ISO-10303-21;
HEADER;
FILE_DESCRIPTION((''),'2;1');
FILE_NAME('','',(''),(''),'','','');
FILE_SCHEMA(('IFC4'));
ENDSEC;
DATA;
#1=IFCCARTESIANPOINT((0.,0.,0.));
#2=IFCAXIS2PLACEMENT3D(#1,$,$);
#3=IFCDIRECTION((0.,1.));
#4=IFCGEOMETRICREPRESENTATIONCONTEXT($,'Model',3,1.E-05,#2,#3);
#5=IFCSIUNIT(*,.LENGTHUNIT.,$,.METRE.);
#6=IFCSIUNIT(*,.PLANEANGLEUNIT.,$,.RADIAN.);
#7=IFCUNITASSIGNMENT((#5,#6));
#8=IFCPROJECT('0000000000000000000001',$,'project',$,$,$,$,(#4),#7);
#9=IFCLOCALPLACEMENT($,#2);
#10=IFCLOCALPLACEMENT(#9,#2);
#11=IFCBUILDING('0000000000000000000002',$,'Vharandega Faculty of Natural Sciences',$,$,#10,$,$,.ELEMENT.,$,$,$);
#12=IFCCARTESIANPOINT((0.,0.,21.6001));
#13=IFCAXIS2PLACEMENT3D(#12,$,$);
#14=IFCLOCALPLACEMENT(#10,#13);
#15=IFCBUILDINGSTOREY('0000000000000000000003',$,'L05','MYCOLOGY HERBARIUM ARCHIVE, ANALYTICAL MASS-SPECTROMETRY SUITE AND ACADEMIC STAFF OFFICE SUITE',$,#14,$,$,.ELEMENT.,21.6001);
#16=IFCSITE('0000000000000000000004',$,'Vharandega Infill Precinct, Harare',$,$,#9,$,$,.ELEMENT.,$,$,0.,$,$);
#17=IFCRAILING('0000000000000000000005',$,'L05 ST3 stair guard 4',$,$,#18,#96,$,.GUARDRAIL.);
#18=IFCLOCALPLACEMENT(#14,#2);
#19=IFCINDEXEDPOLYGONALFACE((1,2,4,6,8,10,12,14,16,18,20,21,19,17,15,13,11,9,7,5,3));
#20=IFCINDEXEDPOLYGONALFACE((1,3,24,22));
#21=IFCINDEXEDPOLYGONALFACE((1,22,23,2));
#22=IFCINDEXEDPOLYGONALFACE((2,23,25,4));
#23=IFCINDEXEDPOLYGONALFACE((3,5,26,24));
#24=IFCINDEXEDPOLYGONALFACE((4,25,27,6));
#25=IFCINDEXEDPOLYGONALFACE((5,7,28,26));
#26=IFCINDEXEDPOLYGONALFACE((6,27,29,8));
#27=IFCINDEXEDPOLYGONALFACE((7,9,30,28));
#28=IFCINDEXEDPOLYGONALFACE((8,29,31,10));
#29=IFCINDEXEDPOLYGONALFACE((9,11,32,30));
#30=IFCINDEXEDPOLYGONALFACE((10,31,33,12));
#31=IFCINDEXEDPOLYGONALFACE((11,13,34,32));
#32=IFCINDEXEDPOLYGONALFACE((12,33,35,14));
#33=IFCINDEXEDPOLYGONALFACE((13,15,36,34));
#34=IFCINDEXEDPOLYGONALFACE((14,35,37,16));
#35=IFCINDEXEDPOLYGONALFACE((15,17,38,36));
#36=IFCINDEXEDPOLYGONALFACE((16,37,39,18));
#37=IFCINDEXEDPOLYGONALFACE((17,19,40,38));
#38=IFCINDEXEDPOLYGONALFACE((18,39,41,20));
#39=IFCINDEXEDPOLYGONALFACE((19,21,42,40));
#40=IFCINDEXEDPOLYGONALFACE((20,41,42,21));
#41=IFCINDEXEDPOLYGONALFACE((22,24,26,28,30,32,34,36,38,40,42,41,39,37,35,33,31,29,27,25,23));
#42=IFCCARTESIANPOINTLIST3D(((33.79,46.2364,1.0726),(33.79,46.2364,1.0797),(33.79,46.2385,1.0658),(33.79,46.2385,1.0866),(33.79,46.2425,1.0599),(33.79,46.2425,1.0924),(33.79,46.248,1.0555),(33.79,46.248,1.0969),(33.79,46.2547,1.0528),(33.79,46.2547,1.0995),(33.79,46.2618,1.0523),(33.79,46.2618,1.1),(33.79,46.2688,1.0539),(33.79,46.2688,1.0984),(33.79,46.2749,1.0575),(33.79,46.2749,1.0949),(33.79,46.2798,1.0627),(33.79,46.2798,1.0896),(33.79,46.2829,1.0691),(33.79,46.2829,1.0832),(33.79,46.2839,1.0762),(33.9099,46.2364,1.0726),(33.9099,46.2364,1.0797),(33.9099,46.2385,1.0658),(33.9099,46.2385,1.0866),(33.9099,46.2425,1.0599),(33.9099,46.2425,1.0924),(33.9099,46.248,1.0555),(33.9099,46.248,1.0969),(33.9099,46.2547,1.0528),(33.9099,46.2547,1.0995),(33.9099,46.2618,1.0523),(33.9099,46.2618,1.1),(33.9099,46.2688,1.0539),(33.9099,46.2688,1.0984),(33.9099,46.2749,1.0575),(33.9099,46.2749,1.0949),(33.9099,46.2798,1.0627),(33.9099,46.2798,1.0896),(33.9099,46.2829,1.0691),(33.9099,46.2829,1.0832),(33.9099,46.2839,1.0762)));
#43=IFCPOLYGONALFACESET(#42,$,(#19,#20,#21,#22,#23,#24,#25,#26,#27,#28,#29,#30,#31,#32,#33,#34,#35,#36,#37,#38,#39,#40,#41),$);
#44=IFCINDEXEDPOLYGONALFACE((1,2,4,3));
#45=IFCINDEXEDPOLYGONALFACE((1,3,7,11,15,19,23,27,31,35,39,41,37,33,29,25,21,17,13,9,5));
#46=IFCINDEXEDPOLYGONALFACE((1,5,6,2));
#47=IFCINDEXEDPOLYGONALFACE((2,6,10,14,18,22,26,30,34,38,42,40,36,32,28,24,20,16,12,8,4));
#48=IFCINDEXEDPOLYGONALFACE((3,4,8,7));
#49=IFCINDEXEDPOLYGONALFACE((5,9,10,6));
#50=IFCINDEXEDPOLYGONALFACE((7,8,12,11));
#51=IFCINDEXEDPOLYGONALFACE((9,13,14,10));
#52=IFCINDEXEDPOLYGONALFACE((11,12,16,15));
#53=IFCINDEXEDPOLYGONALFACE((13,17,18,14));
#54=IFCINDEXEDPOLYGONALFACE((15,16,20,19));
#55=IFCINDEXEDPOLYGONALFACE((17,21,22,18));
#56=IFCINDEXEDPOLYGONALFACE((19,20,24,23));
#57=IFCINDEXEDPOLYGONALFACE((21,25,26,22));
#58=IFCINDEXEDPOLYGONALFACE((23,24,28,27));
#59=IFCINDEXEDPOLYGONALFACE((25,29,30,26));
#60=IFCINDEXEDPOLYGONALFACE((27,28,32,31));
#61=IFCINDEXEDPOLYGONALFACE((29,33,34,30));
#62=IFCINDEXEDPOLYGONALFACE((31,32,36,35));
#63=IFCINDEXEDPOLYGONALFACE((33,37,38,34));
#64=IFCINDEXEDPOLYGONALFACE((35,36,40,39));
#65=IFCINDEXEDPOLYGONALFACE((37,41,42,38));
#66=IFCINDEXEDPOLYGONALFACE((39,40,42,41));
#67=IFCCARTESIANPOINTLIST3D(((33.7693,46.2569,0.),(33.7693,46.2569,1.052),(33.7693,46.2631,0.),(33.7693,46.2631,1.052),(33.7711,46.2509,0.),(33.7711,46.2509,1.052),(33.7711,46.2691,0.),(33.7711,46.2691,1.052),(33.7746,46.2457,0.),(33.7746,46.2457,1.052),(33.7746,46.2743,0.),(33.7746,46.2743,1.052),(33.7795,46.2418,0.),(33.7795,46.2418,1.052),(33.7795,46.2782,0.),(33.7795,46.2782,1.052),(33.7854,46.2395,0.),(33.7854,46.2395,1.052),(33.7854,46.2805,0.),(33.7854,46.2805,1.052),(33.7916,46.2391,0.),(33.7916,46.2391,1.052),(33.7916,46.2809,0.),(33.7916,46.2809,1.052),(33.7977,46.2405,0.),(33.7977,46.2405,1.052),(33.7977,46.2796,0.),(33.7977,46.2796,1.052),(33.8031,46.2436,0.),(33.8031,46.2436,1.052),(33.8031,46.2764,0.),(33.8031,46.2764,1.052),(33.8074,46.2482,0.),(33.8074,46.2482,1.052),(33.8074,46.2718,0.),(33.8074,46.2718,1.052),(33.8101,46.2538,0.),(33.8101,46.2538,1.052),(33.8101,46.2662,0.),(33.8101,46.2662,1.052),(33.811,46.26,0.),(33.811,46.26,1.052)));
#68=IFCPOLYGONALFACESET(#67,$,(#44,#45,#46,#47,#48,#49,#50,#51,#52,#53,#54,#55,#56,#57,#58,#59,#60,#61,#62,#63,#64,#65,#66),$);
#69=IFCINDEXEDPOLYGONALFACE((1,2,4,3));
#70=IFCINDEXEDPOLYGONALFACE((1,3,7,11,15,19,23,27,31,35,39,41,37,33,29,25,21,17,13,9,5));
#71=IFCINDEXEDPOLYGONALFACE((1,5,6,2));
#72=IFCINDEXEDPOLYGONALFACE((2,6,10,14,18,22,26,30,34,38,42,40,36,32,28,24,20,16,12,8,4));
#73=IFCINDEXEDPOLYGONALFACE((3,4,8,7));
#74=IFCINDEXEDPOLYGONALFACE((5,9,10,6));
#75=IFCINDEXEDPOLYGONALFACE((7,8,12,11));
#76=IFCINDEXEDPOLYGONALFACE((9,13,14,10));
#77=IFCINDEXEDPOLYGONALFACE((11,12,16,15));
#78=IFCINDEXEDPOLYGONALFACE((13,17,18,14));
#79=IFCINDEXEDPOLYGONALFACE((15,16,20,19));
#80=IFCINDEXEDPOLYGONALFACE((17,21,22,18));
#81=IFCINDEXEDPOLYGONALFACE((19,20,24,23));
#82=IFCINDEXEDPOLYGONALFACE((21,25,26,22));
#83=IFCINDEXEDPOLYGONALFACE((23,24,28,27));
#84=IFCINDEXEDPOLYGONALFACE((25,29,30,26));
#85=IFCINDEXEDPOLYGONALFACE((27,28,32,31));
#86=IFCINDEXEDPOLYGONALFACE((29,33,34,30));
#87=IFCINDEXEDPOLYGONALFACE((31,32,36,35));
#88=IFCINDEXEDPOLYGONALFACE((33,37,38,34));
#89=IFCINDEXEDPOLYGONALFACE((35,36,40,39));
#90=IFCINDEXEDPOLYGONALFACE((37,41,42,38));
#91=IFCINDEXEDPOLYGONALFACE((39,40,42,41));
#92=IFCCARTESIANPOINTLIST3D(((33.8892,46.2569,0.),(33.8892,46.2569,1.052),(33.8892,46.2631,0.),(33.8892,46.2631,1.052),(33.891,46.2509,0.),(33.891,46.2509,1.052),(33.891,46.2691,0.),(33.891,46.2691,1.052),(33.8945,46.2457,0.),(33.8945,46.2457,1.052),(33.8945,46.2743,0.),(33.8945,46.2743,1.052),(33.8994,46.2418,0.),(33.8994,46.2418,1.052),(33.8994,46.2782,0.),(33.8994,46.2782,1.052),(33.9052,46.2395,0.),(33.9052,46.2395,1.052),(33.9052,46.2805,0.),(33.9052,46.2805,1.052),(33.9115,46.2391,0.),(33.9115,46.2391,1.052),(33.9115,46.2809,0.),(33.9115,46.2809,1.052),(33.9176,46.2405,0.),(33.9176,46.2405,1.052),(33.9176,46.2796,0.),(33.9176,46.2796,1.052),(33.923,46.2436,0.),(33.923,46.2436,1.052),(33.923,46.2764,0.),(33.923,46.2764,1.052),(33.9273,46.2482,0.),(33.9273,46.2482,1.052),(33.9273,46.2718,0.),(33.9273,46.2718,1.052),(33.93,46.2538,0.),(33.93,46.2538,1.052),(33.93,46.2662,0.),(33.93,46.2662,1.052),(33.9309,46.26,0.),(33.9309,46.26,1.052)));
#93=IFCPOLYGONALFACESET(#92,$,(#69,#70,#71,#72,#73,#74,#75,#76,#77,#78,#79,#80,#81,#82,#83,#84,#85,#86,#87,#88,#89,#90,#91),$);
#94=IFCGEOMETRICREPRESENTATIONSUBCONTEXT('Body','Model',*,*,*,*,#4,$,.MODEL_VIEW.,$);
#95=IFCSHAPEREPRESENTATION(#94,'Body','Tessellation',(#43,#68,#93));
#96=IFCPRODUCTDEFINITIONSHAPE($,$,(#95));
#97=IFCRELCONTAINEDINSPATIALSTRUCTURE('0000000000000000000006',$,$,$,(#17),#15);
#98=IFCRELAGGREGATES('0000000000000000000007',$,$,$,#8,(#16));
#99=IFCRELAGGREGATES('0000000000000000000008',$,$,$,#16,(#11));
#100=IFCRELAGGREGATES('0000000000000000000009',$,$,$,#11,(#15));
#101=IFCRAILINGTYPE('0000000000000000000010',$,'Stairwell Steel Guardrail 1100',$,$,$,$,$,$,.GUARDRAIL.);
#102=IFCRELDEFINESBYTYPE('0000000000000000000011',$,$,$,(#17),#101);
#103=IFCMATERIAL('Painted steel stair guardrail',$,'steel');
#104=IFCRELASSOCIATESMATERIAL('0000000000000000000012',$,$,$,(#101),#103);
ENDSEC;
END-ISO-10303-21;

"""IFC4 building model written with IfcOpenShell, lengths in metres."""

from ifc_helpers import new_model, si_unit, direction, frame, origin, origin_2d, place, context, subcontext, project, spatial, circle, extrude, material, type_object, element, save


model = new_model("IFC4")

# Units and contexts
model_context = context("Model", 3, precision=1e-05, world=origin(), true_north=direction((0.0, 1.0)))
body_context = subcontext(model_context, "Body", "Model", "MODEL_VIEW")
ifc_project = project(units=[si_unit("LENGTHUNIT", "METRE"), si_unit("PLANEANGLEUNIT", "RADIAN")], contexts=[model_context])

# Site, building, storey
site_placement = place(None, origin())
site = spatial("IfcSite", under=ifc_project, at=site_placement, Name="Vharandega Infill Precinct, Harare", CompositionType="ELEMENT", RefElevation=0.0)
building_placement = place(site_placement, origin())
building = spatial("IfcBuilding", under=site, at=building_placement, Name="Vharandega Faculty of Natural Sciences", CompositionType="ELEMENT")
storey_placement = place(building_placement, frame((0.0, 0.0, 21.6001)))
storey = spatial("IfcBuildingStorey", under=building, at=storey_placement, Name="L05", Description="MYCOLOGY HERBARIUM ARCHIVE, ANALYTICAL MASS-SPECTROMETRY SUITE AND ACADEMIC STAFF OFFICE SUITE", CompositionType="ELEMENT", Elevation=21.6001)

# Railing
ifc_material_1 = material(Name="Painted steel stair guardrail", Category="steel")
railing_type_1 = type_object("IfcRailingType", Name="Stairwell Steel Guardrail 1100", PredefinedType="GUARDRAIL", material=ifc_material_1)
railing_1_placement = place(storey_placement, frame((33.79, 46.26, 0.0)))
element("IfcRailing", 1, at=railing_1_placement, inside=storey, type_object=railing_type_1, Name="L05 ST3 stair guard 4", PredefinedType="GUARDRAIL", context=body_context, shape_type="SweptSolid", body=[
    extrude(circle(Radius=0.0239, at=origin_2d()), frame((0.0, 0.0, 1.0762), z_axis=(1.0, 0.0, 0.0), x_axis=(0.0, 1.0, 0.0)), (0.0, 0.0, 1.0), 0.1199),
    extrude(circle(Radius=0.021, at=origin_2d()), origin(), (0.0, 0.0, 1.0), 1.052),
    extrude(circle(Radius=0.021, at=origin_2d()), frame((0.1199, 0.0, 0.0)), (0.0, 0.0, 1.0), 1.052),
])

save(model, "model.ifc")
